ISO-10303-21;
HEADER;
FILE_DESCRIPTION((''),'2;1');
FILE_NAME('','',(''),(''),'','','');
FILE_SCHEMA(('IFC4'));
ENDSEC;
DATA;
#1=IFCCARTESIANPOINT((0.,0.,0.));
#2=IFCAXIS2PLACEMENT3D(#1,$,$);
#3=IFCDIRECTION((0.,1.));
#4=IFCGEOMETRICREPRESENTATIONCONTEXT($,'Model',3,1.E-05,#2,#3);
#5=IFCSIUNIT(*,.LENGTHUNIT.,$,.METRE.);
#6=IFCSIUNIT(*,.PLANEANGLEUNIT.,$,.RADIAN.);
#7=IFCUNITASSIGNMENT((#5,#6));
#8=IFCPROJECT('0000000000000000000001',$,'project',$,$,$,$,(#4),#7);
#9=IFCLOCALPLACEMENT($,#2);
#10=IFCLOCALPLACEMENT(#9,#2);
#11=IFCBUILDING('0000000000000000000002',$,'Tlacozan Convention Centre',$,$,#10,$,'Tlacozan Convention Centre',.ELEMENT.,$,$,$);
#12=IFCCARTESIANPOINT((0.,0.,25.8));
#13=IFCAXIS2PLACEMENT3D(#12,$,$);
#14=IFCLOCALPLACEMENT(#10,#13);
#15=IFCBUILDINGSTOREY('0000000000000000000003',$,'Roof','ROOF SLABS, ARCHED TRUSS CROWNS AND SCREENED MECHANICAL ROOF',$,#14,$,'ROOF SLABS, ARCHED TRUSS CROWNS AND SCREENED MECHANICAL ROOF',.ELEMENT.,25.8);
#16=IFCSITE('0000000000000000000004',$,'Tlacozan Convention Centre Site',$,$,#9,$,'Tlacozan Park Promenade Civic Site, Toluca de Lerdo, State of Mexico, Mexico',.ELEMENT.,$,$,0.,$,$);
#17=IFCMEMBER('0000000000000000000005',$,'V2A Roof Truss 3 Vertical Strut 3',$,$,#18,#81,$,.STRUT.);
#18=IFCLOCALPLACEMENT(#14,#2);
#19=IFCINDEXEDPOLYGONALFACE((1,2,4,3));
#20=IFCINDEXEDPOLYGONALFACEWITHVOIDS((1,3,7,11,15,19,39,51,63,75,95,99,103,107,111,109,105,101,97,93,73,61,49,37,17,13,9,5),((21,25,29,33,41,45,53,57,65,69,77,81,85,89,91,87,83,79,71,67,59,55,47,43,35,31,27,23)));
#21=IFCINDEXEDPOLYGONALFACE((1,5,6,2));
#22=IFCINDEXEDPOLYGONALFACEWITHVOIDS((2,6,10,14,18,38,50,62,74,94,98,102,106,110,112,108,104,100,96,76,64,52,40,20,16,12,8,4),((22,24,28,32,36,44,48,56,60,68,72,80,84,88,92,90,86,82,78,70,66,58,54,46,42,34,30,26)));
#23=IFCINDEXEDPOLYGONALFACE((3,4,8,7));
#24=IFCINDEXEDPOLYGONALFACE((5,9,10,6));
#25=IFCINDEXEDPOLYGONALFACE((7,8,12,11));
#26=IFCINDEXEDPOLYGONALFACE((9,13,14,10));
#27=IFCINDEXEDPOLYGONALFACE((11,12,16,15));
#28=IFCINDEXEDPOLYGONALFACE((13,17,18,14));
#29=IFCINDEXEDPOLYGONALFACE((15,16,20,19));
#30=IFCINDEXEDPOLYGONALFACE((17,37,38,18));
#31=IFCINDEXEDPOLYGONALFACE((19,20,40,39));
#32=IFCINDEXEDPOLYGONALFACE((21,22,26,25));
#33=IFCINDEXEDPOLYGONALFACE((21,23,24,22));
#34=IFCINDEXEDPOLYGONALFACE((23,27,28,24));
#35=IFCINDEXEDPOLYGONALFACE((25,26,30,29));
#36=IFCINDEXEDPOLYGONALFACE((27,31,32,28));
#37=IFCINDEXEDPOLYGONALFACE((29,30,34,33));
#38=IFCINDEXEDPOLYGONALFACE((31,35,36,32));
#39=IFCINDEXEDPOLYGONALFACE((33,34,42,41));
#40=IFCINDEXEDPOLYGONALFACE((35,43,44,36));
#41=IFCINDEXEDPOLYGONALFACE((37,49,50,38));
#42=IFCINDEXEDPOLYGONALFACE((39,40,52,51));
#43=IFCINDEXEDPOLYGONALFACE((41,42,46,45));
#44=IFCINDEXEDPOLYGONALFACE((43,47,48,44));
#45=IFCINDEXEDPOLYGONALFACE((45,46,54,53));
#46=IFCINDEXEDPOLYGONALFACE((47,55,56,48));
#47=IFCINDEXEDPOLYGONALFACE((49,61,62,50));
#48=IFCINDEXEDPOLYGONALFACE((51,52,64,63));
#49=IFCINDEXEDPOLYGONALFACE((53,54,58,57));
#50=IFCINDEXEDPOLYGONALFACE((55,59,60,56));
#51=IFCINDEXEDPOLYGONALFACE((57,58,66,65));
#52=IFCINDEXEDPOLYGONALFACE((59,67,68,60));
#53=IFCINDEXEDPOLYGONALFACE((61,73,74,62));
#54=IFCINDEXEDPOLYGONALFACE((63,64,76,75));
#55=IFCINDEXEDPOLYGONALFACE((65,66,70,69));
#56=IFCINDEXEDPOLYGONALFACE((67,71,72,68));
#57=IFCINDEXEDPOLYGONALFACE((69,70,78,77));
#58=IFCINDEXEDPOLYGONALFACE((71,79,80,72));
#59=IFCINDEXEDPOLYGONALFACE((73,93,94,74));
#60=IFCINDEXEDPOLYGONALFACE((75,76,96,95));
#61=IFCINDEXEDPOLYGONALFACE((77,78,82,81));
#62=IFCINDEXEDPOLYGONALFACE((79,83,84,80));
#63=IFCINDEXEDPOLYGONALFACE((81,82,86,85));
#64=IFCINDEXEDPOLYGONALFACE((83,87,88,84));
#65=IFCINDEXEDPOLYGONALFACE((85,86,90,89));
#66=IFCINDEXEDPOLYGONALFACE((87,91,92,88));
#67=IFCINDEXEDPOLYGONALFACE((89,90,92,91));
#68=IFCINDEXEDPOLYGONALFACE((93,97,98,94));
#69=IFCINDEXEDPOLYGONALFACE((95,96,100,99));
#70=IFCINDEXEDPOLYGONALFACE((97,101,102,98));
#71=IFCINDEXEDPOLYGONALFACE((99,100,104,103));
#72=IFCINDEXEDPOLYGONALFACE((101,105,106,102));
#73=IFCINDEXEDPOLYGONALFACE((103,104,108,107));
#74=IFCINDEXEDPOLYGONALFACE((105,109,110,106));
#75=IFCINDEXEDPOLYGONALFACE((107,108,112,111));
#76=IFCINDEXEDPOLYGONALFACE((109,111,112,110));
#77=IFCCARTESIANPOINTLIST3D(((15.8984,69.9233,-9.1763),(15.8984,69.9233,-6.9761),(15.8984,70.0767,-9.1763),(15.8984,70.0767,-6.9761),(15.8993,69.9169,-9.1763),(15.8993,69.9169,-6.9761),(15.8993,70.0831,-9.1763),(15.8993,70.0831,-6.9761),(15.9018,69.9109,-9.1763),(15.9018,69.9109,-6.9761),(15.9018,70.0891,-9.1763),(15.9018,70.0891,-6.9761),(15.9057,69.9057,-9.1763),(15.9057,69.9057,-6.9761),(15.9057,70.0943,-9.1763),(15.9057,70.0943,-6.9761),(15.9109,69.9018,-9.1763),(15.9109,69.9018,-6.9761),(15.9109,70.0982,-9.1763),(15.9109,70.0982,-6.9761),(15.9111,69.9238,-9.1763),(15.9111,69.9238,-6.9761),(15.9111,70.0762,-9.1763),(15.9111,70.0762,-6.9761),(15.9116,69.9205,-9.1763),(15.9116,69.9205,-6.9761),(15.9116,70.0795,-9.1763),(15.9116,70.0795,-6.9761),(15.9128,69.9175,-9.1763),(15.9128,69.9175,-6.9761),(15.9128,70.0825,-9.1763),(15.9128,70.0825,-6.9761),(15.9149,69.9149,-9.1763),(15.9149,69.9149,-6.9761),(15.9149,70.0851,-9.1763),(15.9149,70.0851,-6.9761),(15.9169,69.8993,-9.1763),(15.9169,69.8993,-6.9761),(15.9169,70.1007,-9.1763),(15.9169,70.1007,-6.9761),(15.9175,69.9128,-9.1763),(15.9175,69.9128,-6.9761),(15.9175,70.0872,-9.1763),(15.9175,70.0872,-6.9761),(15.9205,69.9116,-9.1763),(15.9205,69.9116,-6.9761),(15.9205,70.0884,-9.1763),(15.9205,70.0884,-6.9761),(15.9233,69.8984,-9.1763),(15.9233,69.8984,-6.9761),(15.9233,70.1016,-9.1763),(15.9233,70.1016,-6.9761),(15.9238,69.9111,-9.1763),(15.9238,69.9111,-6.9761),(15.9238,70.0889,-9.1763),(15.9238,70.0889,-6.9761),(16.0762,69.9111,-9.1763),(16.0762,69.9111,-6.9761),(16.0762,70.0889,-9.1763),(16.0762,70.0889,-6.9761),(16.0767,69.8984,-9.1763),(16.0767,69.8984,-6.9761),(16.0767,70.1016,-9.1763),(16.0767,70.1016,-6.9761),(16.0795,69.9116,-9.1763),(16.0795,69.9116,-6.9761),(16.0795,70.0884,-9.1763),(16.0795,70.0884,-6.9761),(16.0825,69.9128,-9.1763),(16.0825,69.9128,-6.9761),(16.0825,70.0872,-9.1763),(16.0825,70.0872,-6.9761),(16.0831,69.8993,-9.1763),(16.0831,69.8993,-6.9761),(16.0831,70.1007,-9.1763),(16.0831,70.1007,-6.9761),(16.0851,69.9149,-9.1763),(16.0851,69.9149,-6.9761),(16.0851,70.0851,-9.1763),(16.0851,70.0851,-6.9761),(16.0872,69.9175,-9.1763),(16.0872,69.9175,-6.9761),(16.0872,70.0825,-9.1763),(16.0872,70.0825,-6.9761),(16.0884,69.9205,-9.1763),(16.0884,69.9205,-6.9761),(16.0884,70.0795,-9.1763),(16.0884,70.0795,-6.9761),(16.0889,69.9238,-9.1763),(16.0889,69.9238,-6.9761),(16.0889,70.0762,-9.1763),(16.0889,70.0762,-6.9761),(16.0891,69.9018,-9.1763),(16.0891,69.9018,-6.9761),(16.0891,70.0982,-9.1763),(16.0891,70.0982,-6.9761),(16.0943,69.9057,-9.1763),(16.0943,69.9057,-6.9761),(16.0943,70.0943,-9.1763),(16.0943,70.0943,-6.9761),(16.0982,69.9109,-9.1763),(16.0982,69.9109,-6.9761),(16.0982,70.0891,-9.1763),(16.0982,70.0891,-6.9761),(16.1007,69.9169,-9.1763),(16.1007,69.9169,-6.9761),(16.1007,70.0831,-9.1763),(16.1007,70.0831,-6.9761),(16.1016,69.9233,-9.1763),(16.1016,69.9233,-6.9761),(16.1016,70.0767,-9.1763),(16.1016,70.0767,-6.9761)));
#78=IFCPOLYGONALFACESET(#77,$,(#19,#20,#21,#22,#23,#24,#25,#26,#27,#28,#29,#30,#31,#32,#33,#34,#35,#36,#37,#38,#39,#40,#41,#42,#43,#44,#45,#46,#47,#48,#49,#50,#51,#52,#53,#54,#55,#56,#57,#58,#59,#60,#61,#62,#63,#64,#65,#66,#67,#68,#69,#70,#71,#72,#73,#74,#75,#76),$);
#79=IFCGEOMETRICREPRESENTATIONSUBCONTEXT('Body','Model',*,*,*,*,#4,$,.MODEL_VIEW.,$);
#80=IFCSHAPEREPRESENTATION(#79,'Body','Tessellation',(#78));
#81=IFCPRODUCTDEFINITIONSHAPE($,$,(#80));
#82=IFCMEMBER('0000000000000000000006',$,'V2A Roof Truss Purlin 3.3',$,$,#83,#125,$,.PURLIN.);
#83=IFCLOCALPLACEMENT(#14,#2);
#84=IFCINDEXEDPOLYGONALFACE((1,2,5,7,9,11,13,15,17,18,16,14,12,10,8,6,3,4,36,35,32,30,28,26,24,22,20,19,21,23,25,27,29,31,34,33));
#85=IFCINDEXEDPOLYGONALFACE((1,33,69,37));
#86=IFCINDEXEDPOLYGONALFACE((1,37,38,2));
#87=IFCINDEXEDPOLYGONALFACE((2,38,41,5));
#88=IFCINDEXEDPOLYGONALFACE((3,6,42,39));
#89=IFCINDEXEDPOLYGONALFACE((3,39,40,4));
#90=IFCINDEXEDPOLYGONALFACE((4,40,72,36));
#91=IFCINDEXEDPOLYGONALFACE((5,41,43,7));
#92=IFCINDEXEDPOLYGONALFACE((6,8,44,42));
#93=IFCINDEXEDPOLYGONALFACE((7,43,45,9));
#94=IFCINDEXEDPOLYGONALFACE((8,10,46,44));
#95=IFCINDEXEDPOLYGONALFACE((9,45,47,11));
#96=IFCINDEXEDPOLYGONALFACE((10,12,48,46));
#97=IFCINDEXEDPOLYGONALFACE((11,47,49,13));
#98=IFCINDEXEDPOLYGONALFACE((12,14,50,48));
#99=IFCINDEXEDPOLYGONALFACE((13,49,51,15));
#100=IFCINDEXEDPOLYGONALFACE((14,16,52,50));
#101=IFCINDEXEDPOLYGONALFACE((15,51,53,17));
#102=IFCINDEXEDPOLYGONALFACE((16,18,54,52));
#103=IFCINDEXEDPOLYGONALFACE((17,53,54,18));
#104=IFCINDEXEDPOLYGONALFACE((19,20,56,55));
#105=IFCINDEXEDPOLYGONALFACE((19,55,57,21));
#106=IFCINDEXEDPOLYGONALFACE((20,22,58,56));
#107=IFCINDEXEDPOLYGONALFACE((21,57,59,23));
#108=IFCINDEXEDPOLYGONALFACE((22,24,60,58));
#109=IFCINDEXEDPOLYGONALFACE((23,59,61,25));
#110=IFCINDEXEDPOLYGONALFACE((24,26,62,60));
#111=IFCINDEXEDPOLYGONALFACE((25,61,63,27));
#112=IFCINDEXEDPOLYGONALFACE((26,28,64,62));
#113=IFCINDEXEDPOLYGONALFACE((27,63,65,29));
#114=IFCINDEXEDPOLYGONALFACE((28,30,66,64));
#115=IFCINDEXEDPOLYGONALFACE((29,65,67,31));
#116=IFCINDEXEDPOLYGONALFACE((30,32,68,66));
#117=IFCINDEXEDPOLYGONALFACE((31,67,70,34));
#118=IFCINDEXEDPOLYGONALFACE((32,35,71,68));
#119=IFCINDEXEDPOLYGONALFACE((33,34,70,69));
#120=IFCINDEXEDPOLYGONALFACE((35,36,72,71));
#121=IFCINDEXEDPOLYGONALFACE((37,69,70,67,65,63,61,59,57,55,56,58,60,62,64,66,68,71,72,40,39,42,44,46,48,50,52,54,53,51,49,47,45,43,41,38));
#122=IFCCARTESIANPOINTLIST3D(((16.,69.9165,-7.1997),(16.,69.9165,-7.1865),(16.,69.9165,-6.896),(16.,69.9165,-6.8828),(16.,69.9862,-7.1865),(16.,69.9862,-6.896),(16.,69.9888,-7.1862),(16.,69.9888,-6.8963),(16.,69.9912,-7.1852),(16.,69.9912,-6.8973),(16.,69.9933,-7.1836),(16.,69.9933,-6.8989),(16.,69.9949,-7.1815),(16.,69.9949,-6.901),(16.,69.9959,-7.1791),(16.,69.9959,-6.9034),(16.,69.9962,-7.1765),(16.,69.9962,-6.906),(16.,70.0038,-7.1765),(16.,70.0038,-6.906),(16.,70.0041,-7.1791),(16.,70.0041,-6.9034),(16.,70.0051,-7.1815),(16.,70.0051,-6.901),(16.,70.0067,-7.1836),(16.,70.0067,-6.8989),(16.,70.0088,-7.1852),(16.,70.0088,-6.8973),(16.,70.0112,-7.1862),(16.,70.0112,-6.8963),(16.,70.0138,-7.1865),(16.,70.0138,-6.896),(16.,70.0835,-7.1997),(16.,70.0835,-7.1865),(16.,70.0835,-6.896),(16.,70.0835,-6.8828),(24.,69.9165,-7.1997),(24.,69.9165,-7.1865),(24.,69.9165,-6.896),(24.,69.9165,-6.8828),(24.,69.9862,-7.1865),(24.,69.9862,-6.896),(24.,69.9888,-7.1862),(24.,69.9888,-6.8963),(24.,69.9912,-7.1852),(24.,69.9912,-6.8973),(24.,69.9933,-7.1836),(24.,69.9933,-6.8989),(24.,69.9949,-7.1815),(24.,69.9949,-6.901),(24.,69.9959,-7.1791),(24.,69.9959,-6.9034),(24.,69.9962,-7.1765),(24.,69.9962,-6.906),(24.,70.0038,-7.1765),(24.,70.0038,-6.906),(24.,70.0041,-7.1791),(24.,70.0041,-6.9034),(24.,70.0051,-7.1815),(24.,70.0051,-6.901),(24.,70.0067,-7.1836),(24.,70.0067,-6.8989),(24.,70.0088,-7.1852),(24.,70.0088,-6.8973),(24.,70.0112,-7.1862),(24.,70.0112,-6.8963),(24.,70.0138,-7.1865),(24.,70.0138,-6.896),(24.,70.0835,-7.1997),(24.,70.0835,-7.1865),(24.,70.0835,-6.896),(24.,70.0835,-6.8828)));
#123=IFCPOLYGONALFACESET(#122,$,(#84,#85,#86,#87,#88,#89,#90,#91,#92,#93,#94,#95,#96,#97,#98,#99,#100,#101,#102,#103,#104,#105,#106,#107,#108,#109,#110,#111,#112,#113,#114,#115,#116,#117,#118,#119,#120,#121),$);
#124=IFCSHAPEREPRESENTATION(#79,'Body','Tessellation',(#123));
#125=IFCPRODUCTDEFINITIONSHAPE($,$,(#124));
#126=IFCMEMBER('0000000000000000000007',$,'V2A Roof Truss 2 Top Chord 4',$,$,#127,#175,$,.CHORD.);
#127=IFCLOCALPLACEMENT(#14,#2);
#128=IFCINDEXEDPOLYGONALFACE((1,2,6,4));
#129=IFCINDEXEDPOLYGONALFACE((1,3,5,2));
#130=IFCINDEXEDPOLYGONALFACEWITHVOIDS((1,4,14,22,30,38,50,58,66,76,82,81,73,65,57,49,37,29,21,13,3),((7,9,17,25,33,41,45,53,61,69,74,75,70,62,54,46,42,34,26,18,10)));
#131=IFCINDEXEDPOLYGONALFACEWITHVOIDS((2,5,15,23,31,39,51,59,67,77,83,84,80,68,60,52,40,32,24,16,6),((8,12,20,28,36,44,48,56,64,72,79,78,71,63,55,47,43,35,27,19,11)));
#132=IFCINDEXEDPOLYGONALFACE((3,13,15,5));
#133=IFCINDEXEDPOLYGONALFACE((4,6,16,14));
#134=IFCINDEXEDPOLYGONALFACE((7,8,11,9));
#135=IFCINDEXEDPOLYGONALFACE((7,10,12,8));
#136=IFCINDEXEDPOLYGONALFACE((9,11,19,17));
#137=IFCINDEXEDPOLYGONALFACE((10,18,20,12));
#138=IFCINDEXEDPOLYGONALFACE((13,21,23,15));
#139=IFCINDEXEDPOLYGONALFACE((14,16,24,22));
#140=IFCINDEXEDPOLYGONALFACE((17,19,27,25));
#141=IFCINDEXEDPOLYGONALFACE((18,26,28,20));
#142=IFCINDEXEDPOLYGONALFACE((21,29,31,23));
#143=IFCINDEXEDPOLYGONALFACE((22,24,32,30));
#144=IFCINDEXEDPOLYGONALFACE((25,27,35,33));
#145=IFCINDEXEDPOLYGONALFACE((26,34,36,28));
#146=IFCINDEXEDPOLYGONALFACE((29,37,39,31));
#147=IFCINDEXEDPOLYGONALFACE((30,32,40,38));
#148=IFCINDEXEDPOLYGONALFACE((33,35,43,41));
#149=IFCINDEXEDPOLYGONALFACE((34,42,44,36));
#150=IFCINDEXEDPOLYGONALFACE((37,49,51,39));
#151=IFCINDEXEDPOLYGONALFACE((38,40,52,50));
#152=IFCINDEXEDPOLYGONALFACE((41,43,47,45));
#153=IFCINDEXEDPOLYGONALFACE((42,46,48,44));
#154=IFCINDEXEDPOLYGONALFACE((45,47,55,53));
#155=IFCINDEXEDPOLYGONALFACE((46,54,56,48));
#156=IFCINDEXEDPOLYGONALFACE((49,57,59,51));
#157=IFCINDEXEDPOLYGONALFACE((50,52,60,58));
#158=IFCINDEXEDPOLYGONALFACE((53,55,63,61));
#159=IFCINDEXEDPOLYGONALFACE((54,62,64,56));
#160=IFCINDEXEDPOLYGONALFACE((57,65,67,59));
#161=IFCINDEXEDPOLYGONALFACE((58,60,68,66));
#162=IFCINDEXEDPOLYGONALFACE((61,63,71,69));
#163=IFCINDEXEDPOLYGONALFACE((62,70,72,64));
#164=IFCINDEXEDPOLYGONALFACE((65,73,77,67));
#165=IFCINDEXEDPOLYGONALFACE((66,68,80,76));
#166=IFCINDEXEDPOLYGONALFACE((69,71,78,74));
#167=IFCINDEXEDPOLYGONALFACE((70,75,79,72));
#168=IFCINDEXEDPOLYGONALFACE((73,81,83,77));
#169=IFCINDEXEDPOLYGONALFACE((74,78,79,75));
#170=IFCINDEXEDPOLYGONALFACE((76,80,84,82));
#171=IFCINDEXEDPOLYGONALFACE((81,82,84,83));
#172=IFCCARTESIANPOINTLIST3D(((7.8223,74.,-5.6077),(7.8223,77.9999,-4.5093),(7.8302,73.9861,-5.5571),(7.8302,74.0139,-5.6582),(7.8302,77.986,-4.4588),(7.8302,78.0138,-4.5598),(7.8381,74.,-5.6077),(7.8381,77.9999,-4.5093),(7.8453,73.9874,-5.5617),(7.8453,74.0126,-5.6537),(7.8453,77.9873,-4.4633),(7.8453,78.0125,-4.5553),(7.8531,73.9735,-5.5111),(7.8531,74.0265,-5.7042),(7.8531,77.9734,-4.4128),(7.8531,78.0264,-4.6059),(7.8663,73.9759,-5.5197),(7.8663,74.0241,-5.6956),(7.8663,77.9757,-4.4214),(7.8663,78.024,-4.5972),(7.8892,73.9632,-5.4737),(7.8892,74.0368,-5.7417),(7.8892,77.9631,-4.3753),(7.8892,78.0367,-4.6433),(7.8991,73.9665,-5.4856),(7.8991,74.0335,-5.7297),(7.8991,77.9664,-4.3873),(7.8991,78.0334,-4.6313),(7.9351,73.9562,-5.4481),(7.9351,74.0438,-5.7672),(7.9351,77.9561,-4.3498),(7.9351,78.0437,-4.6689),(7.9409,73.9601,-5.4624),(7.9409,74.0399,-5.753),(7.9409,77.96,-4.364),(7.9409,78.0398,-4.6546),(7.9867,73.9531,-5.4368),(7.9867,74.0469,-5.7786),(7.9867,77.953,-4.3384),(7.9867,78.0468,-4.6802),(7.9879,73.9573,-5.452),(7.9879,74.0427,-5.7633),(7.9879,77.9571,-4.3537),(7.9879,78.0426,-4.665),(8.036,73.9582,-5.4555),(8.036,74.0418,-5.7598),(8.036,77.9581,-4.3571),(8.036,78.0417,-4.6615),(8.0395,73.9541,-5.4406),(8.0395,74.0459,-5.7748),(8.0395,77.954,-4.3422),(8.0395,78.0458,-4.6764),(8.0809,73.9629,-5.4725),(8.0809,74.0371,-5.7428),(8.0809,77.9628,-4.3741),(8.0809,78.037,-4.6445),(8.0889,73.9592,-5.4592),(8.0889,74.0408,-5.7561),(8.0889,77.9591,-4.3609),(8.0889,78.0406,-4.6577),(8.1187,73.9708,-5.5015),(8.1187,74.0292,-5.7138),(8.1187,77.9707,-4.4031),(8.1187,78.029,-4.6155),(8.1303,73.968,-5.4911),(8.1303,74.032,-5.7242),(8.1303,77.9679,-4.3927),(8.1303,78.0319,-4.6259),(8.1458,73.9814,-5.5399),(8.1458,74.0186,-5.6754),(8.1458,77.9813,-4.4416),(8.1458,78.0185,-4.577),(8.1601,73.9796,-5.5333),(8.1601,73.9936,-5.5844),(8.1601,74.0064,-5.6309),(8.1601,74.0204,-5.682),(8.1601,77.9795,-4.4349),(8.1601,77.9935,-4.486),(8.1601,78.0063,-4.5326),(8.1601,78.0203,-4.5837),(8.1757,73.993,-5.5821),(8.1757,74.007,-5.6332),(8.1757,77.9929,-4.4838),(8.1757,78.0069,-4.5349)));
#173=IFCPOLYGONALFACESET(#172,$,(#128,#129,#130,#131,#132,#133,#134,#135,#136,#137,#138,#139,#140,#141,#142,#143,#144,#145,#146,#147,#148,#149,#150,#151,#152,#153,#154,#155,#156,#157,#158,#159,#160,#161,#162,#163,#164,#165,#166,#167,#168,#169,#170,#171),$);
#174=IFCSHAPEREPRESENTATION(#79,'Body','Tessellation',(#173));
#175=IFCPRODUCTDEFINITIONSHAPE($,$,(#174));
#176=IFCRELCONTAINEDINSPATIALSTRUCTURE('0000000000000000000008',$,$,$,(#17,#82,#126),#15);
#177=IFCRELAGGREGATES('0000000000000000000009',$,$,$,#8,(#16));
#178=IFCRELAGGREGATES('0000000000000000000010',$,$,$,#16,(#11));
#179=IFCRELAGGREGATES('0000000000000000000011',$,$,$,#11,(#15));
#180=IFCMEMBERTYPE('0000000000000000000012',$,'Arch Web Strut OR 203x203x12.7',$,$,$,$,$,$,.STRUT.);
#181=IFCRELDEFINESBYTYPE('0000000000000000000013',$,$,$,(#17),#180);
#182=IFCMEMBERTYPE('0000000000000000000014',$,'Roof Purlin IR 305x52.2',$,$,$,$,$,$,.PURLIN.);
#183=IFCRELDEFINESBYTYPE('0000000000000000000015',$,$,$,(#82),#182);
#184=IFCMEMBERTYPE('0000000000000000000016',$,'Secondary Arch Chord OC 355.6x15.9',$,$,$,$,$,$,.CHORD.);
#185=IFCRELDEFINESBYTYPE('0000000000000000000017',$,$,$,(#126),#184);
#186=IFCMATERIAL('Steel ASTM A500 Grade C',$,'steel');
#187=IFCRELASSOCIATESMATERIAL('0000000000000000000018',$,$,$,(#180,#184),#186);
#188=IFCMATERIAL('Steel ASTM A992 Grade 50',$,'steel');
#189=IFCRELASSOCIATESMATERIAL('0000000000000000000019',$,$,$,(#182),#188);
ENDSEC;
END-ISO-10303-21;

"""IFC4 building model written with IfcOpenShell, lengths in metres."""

from ifc_helpers import new_model, si_unit, direction, frame, origin, origin_2d, place, context, subcontext, project, spatial, hollow_rectangle, hollow_circle, i_section, extrude, material, material_profile, profile_set, type_object, element, save


model = new_model("IFC4")

# Units and contexts
model_context = context("Model", 3, precision=1e-05, world=origin(), true_north=direction((0.0, 1.0)))
body_context = subcontext(model_context, "Body", "Model", "MODEL_VIEW")
ifc_project = project(units=[si_unit("LENGTHUNIT", "METRE"), si_unit("PLANEANGLEUNIT", "RADIAN")], contexts=[model_context])

# Site, building, storey
site_placement = place(None, origin())
site = spatial("IfcSite", under=ifc_project, at=site_placement, Name="Tlacozan Convention Centre Site", LongName="Tlacozan Park Promenade Civic Site, Toluca de Lerdo, State of Mexico, Mexico", CompositionType="ELEMENT", RefElevation=0.0)
building_placement = place(site_placement, origin())
building = spatial("IfcBuilding", under=site, at=building_placement, Name="Tlacozan Convention Centre", LongName="Tlacozan Convention Centre", CompositionType="ELEMENT")
storey_placement = place(building_placement, frame((0.0, 0.0, 25.8)))
storey = spatial("IfcBuildingStorey", under=building, at=storey_placement, Name="Roof", Description="ROOF SLABS, ARCHED TRUSS CROWNS AND SCREENED MECHANICAL ROOF", LongName="ROOF SLABS, ARCHED TRUSS CROWNS AND SCREENED MECHANICAL ROOF", CompositionType="ELEMENT", Elevation=25.8)

# Members
ifc_material_1 = material(Name="Steel ASTM A500 Grade C", Category="steel")
ifc_material_profile_1 = material_profile(ifc_material_1, hollow_rectangle(XDim=0.2031, YDim=0.2031, WallThickness=0.0127, InnerFilletRadius=0.0127, OuterFilletRadius=0.0249, at=origin_2d()), Name="OR 203x203x12.7")
ifc_profile_set_1 = profile_set([ifc_material_profile_1], Name="Steel ASTM A500 Grade C")
member_type_1 = type_object("IfcMemberType", Name="Arch Web Strut OR 203x203x12.7", PredefinedType="STRUT", material=ifc_profile_set_1)
member_1_placement = place(storey_placement, frame((16.0, 70.0, -9.1763), z_axis=(0.0, 0.0, 1.0), x_axis=(1.0, 0.0, 0.0)))
element("IfcMember", 1, at=member_1_placement, inside=storey, type_object=member_type_1, Name="V2A Roof Truss 3 Vertical Strut 3", PredefinedType="STRUT", context=body_context, shape_type="SweptSolid", body=[
    extrude(hollow_rectangle(XDim=0.2031, YDim=0.2031, WallThickness=0.0127, InnerFilletRadius=0.0127, OuterFilletRadius=0.0249, at=origin_2d()), origin(), (0.0, 0.0, 1.0), 2.2002),
])
ifc_material_2 = material(Name="Steel ASTM A992 Grade 50", Category="steel")
ifc_material_profile_2 = material_profile(ifc_material_2, i_section(OverallWidth=0.167, OverallDepth=0.3169, WebThickness=0.0076, FlangeThickness=0.0132, FilletRadius=0.01, at=origin_2d()), Name="IR 305x52.2")
ifc_profile_set_2 = profile_set([ifc_material_profile_2], Name="Steel ASTM A992 Grade 50")
member_type_2 = type_object("IfcMemberType", Name="Roof Purlin IR 305x52.2", PredefinedType="PURLIN", material=ifc_profile_set_2)
member_2_placement = place(storey_placement, frame((16.0, 70.0, -7.0413), z_axis=(1.0, 0.0, 0.0), x_axis=(0.0, 1.0, 0.0)))
element("IfcMember", 2, at=member_2_placement, inside=storey, type_object=member_type_2, Name="V2A Roof Truss Purlin 3.3", PredefinedType="PURLIN", context=body_context, shape_type="SweptSolid", body=[
    extrude(i_section(OverallWidth=0.167, OverallDepth=0.3169, WebThickness=0.0076, FlangeThickness=0.0132, FilletRadius=0.01, at=origin_2d()), origin(), (0.0, 0.0, 1.0), 8.0),
])
ifc_material_profile_3 = material_profile(ifc_material_1, hollow_circle(Radius=0.1777, WallThickness=0.0159, at=origin_2d()), Name="OC 355.6x15.9")
ifc_profile_set_3 = profile_set([ifc_material_profile_3], Name="Steel ASTM A500 Grade C")
member_type_3 = type_object("IfcMemberType", Name="Secondary Arch Chord OC 355.6x15.9", PredefinedType="CHORD", material=ifc_profile_set_3)
member_3_placement = place(storey_placement, frame((8.0, 74.0, -5.6077), z_axis=(0.0, 0.964305, 0.264795), x_axis=(-1.0, 0.0, 0.0)))
element("IfcMember", 3, at=member_3_placement, inside=storey, type_object=member_type_3, Name="V2A Roof Truss 2 Top Chord 4", PredefinedType="CHORD", context=body_context, shape_type="SweptSolid", body=[
    extrude(hollow_circle(Radius=0.1777, WallThickness=0.0159, at=origin_2d()), origin(), (0.0, 0.0, 1.0), 4.1479),
])

save(model, "model.ifc")
